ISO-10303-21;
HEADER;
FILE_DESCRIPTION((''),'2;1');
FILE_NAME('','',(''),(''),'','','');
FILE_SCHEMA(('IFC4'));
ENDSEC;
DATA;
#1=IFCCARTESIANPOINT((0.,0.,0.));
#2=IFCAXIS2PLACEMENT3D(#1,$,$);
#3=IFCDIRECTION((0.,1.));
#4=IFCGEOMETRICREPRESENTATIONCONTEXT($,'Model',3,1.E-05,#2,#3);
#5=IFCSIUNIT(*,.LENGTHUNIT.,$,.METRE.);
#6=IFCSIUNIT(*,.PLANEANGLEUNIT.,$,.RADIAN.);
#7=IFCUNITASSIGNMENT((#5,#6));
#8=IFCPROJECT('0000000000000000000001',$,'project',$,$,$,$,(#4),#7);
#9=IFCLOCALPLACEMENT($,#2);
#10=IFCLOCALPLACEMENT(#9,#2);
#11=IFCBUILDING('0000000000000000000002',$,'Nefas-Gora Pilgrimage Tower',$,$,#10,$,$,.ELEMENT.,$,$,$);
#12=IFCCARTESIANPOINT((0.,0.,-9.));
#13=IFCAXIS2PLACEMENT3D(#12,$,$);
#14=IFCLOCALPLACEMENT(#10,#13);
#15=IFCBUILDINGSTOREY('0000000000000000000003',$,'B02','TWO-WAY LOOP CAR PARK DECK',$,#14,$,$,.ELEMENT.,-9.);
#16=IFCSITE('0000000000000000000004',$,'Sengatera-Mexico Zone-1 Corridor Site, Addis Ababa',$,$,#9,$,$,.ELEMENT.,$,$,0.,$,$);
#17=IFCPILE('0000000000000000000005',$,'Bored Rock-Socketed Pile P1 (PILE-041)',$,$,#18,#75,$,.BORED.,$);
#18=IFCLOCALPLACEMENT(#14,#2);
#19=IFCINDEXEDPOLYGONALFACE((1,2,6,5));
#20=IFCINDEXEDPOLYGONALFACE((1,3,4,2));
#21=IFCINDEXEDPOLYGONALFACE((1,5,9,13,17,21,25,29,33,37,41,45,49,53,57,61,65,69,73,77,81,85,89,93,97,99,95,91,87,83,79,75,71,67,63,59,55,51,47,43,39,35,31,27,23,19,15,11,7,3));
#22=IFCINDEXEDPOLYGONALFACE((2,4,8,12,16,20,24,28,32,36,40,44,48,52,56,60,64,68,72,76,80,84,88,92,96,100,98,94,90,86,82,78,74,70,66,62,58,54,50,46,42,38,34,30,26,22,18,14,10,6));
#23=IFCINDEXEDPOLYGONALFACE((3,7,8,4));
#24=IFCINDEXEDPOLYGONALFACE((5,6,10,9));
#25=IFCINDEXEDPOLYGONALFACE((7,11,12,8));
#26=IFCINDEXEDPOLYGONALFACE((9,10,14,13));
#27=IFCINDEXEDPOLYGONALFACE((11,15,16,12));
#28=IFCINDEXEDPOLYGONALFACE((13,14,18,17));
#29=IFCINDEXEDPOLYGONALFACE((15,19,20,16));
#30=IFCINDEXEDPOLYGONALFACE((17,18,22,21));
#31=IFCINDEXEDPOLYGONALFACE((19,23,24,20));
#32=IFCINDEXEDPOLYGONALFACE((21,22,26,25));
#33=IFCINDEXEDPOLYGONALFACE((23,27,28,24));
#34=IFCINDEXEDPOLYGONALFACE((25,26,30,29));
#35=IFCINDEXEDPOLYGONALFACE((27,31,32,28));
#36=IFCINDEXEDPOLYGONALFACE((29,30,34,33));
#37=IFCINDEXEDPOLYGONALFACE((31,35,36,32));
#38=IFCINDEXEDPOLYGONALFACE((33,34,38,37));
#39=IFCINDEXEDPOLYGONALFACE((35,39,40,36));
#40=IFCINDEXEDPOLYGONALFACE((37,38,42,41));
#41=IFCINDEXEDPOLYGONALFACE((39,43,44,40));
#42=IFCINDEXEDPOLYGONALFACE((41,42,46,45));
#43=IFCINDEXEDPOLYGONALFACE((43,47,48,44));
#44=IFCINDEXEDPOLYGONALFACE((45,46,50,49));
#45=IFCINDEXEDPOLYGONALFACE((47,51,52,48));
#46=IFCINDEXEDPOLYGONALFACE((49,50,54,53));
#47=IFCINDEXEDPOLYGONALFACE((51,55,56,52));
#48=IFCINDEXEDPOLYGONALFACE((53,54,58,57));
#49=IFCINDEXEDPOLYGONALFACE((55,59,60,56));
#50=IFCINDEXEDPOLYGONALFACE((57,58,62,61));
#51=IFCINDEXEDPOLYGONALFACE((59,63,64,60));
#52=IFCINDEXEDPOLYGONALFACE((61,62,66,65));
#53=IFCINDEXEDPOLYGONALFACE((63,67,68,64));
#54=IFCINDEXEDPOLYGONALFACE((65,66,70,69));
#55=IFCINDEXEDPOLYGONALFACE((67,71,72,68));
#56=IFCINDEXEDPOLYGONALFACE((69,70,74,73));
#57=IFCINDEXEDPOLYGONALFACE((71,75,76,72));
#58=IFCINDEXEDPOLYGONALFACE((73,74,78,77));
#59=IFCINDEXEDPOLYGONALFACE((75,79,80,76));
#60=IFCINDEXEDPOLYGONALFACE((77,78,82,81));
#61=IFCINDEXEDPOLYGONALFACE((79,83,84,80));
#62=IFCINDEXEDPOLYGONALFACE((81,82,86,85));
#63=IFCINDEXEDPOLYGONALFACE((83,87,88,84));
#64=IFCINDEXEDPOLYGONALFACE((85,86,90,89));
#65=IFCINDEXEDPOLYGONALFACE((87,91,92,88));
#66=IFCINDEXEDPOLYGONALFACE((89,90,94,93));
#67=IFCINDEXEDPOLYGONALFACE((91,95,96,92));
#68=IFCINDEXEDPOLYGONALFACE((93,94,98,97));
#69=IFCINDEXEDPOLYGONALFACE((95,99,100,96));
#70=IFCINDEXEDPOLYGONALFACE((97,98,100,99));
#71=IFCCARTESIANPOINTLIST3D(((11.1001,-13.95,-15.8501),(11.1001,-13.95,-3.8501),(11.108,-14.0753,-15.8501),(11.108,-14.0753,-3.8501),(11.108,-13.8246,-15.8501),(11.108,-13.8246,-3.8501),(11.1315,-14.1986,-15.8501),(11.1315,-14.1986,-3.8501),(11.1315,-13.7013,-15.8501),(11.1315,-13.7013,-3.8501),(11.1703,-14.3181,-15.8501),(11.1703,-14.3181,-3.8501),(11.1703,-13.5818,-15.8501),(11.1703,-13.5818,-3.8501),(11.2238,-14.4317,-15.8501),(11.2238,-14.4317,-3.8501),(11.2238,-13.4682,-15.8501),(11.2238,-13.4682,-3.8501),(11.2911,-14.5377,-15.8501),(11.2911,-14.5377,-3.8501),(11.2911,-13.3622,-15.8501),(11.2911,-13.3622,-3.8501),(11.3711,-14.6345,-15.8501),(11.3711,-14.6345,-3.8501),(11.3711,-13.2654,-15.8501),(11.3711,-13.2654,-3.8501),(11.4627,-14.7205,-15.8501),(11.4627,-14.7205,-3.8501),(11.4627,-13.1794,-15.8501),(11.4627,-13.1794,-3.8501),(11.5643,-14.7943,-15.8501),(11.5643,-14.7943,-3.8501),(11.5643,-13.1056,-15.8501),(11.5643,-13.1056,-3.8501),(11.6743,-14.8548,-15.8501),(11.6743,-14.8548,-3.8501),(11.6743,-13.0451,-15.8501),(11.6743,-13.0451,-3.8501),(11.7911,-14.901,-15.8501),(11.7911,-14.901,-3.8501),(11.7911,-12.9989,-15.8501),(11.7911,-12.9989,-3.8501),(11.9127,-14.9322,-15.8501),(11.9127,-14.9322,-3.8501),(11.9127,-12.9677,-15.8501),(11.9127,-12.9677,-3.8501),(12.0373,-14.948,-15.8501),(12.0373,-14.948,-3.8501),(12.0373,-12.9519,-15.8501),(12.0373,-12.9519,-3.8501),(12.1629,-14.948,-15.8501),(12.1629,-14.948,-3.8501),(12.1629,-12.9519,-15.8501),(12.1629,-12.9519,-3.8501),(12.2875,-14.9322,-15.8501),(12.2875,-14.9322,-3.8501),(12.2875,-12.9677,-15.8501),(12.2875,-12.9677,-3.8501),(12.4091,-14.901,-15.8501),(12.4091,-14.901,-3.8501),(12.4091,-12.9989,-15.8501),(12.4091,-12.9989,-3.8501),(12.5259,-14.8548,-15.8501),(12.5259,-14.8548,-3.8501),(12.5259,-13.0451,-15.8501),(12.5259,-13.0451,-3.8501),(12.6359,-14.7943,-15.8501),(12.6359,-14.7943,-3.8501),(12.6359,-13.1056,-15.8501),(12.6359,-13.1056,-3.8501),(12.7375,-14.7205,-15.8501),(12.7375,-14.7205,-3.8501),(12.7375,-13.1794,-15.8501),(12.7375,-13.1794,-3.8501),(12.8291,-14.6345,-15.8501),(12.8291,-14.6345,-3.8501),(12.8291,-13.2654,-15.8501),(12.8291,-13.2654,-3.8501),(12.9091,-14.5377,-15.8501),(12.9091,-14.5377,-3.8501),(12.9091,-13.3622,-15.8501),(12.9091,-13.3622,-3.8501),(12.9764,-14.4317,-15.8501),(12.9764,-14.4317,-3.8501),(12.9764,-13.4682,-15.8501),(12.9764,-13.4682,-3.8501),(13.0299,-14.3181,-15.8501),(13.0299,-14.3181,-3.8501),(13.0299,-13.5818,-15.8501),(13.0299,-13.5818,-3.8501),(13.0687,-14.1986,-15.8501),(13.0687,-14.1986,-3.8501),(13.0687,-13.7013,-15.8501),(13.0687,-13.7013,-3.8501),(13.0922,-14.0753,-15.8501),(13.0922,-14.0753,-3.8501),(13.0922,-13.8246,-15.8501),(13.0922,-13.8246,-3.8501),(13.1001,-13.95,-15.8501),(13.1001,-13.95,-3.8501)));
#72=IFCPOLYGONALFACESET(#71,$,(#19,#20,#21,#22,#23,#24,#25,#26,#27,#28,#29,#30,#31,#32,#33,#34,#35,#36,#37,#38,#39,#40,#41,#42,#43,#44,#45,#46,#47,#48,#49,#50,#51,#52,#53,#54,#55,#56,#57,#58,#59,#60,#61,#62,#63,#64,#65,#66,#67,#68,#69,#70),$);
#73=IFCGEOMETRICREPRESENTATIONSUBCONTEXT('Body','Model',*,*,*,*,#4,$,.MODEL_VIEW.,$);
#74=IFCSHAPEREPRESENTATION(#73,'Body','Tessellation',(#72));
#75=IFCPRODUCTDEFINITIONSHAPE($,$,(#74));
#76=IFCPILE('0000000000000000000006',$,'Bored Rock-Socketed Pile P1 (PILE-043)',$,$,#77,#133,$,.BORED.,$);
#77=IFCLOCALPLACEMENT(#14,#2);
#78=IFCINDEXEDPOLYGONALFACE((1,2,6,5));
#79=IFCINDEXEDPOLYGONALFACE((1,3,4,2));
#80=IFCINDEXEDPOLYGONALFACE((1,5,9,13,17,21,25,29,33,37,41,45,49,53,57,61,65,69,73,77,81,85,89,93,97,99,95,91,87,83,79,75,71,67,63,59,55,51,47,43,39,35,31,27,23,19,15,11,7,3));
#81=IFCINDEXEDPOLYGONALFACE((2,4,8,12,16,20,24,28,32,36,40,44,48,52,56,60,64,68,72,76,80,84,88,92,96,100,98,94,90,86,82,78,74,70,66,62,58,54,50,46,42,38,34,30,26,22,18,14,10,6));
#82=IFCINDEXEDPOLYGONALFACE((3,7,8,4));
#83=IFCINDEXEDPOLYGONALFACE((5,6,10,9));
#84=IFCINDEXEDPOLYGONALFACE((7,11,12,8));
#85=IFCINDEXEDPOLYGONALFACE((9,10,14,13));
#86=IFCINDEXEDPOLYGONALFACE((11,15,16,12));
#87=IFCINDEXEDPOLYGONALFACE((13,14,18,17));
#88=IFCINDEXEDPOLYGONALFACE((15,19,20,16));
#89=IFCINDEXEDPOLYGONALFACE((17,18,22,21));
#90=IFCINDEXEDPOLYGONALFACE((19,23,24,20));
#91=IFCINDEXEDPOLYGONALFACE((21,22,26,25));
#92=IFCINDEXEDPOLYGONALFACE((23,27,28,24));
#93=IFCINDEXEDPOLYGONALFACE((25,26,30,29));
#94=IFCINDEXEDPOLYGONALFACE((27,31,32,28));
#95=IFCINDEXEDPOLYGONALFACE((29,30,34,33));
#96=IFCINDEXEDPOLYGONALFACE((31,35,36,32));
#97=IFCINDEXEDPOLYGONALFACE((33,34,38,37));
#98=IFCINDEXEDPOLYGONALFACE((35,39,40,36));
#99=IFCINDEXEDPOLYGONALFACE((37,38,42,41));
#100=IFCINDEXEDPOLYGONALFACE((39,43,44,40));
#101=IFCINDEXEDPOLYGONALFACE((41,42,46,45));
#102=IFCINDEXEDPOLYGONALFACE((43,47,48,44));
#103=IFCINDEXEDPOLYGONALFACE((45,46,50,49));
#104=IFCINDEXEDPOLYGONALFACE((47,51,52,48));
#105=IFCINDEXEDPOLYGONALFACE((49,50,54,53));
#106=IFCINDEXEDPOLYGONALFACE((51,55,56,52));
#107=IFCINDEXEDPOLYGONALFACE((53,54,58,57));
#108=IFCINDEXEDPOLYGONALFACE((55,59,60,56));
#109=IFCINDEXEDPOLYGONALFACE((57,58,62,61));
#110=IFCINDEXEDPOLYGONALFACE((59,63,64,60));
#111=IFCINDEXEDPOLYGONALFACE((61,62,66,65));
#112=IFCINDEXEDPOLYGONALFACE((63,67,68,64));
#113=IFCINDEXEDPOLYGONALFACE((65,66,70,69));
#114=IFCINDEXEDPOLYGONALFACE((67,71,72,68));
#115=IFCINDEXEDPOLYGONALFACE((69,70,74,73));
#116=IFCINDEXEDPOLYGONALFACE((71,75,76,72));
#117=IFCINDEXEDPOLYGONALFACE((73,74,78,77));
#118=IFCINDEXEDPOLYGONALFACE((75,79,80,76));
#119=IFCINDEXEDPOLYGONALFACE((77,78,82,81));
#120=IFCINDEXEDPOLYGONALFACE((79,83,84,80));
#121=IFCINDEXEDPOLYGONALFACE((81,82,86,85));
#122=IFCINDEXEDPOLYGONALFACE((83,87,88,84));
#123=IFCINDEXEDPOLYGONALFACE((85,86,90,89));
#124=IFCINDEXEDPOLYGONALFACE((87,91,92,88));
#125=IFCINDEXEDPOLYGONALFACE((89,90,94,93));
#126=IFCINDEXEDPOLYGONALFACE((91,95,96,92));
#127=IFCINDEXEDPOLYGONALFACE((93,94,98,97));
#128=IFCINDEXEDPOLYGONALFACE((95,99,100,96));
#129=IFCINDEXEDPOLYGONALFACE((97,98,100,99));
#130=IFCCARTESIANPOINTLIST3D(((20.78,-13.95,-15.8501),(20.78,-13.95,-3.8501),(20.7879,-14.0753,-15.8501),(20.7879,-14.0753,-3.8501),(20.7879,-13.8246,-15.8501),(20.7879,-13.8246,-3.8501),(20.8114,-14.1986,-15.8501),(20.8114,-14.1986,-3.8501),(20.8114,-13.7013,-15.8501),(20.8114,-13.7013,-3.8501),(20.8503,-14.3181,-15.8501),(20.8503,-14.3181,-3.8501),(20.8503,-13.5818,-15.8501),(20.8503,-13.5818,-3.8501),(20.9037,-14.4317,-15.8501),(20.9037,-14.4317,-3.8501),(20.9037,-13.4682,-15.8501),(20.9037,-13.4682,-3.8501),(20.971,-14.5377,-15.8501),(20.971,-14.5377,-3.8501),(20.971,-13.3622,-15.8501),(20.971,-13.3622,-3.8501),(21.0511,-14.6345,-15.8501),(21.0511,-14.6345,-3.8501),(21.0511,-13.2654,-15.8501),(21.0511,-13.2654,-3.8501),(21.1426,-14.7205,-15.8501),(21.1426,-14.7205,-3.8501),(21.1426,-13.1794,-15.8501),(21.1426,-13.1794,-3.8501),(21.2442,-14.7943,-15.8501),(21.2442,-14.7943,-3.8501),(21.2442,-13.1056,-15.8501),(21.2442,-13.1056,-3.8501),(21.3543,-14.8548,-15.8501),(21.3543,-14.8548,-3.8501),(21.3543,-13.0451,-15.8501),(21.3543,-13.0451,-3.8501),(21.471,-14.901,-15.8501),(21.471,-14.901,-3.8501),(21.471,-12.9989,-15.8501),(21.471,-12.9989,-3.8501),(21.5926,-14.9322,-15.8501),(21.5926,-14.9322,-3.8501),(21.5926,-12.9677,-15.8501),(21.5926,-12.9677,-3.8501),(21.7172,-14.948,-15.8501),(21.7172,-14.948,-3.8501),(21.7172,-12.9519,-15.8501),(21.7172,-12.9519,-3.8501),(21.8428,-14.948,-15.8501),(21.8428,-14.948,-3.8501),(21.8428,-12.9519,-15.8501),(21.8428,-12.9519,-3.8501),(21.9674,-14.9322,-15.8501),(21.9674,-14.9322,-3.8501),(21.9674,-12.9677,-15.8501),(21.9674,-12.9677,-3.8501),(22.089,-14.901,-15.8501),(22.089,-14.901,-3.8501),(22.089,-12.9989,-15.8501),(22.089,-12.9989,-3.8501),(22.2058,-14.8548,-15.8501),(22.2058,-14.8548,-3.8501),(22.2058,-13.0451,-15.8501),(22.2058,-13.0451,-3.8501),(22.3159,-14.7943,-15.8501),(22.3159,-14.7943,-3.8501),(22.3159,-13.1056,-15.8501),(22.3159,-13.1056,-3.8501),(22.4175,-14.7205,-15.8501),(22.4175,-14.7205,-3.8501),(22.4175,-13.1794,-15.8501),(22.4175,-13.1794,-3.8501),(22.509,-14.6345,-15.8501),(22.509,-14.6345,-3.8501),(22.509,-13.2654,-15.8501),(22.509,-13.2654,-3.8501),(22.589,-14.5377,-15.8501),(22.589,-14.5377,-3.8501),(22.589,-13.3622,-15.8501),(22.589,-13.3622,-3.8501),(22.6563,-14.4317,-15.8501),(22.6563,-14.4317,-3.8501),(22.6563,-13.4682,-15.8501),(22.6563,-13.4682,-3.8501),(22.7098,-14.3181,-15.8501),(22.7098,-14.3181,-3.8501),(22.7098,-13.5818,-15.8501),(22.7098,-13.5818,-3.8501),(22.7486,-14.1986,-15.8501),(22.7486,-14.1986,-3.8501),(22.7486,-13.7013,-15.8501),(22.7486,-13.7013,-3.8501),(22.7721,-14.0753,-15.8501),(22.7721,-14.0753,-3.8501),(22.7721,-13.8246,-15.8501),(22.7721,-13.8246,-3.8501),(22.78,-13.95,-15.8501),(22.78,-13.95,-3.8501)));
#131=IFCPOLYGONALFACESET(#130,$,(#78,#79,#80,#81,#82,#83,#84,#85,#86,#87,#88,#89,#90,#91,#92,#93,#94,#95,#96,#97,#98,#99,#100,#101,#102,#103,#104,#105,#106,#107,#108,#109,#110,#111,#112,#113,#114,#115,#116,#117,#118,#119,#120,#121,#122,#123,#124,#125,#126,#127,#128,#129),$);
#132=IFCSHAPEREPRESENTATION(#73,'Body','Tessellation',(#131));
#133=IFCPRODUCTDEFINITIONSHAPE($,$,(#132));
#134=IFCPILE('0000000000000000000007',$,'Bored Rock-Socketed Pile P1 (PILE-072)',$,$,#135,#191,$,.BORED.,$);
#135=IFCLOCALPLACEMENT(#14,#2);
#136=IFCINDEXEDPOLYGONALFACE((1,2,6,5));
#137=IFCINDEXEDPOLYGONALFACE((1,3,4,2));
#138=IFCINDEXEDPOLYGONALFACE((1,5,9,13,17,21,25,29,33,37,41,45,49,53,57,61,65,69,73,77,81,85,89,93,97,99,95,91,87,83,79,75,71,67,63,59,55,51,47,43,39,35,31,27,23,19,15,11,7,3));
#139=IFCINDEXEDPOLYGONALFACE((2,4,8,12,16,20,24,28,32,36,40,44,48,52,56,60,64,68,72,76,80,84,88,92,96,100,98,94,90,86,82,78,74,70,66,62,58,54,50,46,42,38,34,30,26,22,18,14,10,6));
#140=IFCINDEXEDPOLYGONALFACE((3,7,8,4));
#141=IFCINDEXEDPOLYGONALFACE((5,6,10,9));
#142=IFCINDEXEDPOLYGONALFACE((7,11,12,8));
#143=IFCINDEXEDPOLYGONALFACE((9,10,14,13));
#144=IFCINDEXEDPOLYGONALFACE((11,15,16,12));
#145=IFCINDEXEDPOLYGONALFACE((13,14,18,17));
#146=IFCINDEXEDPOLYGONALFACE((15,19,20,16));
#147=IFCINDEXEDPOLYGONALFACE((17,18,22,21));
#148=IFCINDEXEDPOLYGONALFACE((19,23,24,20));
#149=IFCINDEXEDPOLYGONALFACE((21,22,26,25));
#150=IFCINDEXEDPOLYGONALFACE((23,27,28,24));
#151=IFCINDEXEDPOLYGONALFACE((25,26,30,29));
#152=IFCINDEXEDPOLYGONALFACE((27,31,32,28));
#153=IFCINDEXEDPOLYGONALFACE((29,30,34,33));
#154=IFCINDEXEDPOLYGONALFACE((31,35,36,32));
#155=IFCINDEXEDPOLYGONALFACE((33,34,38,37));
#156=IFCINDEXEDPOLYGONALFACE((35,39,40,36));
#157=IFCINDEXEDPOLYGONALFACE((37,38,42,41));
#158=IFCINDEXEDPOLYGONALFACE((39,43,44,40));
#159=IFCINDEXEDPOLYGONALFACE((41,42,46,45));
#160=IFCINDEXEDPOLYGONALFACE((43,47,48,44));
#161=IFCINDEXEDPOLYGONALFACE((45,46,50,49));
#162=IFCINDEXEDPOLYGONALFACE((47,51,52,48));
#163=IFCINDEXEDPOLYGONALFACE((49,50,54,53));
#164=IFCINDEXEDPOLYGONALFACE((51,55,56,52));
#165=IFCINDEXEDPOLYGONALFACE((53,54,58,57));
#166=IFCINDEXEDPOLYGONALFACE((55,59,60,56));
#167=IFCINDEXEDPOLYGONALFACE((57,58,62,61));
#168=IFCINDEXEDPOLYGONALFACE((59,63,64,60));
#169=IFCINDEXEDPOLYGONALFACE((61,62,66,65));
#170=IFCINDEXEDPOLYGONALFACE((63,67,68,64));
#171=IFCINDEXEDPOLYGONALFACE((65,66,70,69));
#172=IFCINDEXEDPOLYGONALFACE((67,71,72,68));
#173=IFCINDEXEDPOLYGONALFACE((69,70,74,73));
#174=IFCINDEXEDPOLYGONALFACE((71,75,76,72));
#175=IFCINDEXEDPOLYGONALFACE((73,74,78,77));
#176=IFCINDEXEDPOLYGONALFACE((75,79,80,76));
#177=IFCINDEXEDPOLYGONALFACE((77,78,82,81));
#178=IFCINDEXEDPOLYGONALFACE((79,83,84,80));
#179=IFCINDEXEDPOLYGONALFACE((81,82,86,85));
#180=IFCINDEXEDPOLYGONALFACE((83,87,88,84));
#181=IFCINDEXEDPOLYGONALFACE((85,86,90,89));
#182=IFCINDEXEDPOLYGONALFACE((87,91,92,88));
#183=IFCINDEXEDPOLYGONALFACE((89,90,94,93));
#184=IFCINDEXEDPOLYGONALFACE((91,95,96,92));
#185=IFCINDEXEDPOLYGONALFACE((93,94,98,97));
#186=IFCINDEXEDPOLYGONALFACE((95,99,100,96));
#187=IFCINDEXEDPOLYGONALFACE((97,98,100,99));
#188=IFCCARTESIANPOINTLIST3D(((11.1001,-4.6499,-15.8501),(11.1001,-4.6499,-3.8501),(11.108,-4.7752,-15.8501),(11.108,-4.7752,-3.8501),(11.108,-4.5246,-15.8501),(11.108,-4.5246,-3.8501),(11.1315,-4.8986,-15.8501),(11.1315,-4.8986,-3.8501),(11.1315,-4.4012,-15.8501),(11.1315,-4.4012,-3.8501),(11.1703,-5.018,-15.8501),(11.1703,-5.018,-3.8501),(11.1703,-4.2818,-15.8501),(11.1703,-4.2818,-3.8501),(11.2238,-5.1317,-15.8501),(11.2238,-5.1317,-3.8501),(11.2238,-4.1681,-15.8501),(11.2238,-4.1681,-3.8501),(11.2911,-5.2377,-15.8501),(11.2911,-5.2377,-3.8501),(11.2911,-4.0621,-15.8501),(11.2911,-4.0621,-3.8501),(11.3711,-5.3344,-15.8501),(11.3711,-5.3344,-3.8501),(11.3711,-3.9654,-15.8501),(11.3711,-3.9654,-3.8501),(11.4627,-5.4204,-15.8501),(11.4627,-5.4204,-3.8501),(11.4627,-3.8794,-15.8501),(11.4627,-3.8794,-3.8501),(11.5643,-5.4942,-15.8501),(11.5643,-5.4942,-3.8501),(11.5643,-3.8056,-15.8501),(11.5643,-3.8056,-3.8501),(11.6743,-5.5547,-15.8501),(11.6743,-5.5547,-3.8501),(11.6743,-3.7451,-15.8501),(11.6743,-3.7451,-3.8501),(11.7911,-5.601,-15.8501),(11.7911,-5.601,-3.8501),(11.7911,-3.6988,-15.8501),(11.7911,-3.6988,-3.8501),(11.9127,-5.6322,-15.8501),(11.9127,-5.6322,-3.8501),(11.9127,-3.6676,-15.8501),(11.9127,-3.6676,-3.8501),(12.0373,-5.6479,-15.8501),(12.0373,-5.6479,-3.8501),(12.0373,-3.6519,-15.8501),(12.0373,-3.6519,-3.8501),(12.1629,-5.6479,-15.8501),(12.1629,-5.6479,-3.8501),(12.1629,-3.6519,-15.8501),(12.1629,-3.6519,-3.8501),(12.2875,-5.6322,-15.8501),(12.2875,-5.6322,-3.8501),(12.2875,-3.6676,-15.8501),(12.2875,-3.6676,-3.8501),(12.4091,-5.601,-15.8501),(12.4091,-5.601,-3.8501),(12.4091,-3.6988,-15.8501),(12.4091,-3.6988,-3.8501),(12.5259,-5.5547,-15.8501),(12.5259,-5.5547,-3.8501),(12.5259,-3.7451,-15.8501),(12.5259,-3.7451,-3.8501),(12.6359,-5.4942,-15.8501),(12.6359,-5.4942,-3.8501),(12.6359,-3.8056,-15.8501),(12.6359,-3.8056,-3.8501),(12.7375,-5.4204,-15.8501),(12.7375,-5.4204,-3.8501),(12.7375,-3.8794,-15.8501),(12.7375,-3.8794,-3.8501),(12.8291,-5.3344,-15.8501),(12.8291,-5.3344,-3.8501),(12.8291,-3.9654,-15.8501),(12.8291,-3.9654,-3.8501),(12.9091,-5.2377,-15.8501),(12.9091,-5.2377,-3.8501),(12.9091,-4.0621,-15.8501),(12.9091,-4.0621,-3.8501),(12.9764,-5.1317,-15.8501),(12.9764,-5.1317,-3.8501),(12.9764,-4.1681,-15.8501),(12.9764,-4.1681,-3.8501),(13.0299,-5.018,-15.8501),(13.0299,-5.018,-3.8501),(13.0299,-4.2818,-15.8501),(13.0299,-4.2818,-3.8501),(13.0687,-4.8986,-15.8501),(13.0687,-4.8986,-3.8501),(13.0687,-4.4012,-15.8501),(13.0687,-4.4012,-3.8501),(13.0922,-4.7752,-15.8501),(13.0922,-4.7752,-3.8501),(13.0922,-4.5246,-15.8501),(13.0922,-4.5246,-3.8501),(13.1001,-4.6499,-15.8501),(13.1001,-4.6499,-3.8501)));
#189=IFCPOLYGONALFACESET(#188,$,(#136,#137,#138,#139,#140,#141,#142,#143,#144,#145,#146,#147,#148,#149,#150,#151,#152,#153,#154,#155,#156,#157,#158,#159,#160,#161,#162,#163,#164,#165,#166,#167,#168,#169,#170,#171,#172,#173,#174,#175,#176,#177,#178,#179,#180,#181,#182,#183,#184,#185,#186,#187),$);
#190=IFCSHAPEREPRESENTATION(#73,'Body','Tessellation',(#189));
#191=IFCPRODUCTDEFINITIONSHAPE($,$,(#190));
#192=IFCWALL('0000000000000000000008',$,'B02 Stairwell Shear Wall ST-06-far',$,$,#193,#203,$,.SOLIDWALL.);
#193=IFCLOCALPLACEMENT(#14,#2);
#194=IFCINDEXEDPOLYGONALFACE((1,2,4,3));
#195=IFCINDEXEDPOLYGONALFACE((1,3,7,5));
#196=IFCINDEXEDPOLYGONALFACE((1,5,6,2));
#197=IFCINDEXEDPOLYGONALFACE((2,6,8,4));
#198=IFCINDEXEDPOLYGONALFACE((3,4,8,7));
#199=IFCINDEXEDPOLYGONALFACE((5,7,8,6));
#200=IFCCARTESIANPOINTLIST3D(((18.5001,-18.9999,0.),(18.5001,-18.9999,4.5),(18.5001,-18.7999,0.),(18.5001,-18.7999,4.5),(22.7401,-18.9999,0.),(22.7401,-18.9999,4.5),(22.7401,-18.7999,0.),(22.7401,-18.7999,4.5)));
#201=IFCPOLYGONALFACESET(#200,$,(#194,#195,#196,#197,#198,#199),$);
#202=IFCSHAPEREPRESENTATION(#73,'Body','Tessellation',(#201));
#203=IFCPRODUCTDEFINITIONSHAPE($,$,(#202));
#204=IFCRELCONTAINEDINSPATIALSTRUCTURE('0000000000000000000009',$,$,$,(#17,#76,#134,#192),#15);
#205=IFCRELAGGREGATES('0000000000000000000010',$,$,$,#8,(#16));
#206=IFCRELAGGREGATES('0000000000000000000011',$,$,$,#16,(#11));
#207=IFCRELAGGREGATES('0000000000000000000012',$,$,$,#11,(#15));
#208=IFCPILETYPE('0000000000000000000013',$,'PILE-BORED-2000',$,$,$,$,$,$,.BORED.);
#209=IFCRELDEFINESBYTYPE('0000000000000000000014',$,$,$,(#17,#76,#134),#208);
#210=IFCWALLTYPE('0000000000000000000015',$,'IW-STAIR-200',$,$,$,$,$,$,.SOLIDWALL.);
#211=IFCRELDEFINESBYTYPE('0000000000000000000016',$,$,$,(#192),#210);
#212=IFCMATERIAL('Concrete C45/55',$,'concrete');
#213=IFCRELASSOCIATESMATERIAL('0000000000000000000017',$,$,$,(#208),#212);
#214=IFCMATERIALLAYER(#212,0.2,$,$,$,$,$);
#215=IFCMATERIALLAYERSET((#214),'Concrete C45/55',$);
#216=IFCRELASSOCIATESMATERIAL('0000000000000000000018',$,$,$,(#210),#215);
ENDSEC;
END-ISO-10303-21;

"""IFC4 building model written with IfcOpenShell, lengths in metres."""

from ifc_helpers import new_model, si_unit, direction, frame, frame_2d, origin, origin_2d, place, context, subcontext, project, spatial, rectangle, circle, extrude, source, transform, mapped, material, layer, layer_set, material_profile, profile_set, type_object, element, save


model = new_model("IFC4")

# Units and contexts
model_context = context("Model", 3, precision=1e-05, world=origin(), true_north=direction((0.0, 1.0)))
body_context = subcontext(model_context, "Body", "Model", "MODEL_VIEW")
ifc_project = project(units=[si_unit("LENGTHUNIT", "METRE"), si_unit("PLANEANGLEUNIT", "RADIAN")], contexts=[model_context])

# Site, building, storey
site_placement = place(None, origin())
site = spatial("IfcSite", under=ifc_project, at=site_placement, Name="Sengatera-Mexico Zone-1 Corridor Site, Addis Ababa", CompositionType="ELEMENT", RefElevation=0.0)
building_placement = place(site_placement, origin())
building = spatial("IfcBuilding", under=site, at=building_placement, Name="Nefas-Gora Pilgrimage Tower", CompositionType="ELEMENT")
storey_placement = place(building_placement, frame((0.0, 0.0, -9.0)))
storey = spatial("IfcBuildingStorey", under=building, at=storey_placement, Name="B02", Description="TWO-WAY LOOP CAR PARK DECK", CompositionType="ELEMENT", Elevation=-9.0)

# Piles
ifc_material_1 = material(Name="Concrete C45/55", Category="concrete")
ifc_material_profile_1 = material_profile(ifc_material_1, circle(Radius=1.0, at=origin_2d()), Name="PILE D2000")
ifc_profile_set_1 = profile_set([ifc_material_profile_1], Name="Concrete C45/55")
pile_type_1 = type_object("IfcPileType", Name="PILE-BORED-2000", PredefinedType="BORED", material=ifc_profile_set_1)
shared_shape_1 = source(origin(), body_context, "Body", "SweptSolid", [
    extrude(circle(Radius=1.0, at=origin_2d()), origin(), (0.0, 0.0, 1.0), 12.0),
])
for number, where, z_axis, x_axis, name in (
    (1, (12.1001, -13.95, -3.8501), (0.0, 0.0, -1.0), (1.0, 0.0, 0.0), "Bored Rock-Socketed Pile P1 (PILE-041)"),
    (2, (21.78, -13.95, -3.8501), (0.0, 0.0, -1.0), (1.0, 0.0, 0.0), "Bored Rock-Socketed Pile P1 (PILE-043)"),
    (3, (12.1001, -4.6499, -3.8501), (0.0, 0.0, -1.0), (1.0, 0.0, 0.0), "Bored Rock-Socketed Pile P1 (PILE-072)"),
):
    element("IfcPile", number, at=place(storey_placement, frame(where, z_axis=z_axis, x_axis=x_axis)), inside=storey, type_object=pile_type_1, Name=name, PredefinedType="BORED", context=body_context, shape_type="MappedRepresentation", body=[
        mapped(shared_shape_1, transform((0.0, 0.0, 0.0), x_axis=(1.0, 0.0, 0.0), y_axis=(0.0, 1.0, 0.0), z_axis=(0.0, 0.0, 1.0), scale=1.0)),
    ])

# Wall
ifc_layer = layer(ifc_material_1, 0.2)
ifc_layer_set = layer_set([ifc_layer], Name="Concrete C45/55")
wall_type = type_object("IfcWallType", Name="IW-STAIR-200", PredefinedType="SOLIDWALL", material=ifc_layer_set)
shared_shape_2 = source(origin(), body_context, "Body", "SweptSolid", [
    extrude(rectangle(XDim=4.24, YDim=0.2, at=frame_2d((2.1201, 0.0))), origin(), (0.0, 0.0, 1.0), 4.5),
])
wall_1_placement = place(storey_placement, frame((18.5, -18.8999, 0.0), z_axis=(0.0, 0.0, 1.0), x_axis=(1.0, 0.0, 0.0)))
element("IfcWall", 4, at=wall_1_placement, inside=storey, type_object=wall_type, Name="B02 Stairwell Shear Wall ST-06-far", PredefinedType="SOLIDWALL", context=body_context, shape_type="MappedRepresentation", body=[
    mapped(shared_shape_2, transform((0.0, 0.0, 0.0), x_axis=(1.0, 0.0, 0.0), y_axis=(0.0, 1.0, 0.0), z_axis=(0.0, 0.0, 1.0), scale=1.0)),
])

save(model, "model.ifc")
